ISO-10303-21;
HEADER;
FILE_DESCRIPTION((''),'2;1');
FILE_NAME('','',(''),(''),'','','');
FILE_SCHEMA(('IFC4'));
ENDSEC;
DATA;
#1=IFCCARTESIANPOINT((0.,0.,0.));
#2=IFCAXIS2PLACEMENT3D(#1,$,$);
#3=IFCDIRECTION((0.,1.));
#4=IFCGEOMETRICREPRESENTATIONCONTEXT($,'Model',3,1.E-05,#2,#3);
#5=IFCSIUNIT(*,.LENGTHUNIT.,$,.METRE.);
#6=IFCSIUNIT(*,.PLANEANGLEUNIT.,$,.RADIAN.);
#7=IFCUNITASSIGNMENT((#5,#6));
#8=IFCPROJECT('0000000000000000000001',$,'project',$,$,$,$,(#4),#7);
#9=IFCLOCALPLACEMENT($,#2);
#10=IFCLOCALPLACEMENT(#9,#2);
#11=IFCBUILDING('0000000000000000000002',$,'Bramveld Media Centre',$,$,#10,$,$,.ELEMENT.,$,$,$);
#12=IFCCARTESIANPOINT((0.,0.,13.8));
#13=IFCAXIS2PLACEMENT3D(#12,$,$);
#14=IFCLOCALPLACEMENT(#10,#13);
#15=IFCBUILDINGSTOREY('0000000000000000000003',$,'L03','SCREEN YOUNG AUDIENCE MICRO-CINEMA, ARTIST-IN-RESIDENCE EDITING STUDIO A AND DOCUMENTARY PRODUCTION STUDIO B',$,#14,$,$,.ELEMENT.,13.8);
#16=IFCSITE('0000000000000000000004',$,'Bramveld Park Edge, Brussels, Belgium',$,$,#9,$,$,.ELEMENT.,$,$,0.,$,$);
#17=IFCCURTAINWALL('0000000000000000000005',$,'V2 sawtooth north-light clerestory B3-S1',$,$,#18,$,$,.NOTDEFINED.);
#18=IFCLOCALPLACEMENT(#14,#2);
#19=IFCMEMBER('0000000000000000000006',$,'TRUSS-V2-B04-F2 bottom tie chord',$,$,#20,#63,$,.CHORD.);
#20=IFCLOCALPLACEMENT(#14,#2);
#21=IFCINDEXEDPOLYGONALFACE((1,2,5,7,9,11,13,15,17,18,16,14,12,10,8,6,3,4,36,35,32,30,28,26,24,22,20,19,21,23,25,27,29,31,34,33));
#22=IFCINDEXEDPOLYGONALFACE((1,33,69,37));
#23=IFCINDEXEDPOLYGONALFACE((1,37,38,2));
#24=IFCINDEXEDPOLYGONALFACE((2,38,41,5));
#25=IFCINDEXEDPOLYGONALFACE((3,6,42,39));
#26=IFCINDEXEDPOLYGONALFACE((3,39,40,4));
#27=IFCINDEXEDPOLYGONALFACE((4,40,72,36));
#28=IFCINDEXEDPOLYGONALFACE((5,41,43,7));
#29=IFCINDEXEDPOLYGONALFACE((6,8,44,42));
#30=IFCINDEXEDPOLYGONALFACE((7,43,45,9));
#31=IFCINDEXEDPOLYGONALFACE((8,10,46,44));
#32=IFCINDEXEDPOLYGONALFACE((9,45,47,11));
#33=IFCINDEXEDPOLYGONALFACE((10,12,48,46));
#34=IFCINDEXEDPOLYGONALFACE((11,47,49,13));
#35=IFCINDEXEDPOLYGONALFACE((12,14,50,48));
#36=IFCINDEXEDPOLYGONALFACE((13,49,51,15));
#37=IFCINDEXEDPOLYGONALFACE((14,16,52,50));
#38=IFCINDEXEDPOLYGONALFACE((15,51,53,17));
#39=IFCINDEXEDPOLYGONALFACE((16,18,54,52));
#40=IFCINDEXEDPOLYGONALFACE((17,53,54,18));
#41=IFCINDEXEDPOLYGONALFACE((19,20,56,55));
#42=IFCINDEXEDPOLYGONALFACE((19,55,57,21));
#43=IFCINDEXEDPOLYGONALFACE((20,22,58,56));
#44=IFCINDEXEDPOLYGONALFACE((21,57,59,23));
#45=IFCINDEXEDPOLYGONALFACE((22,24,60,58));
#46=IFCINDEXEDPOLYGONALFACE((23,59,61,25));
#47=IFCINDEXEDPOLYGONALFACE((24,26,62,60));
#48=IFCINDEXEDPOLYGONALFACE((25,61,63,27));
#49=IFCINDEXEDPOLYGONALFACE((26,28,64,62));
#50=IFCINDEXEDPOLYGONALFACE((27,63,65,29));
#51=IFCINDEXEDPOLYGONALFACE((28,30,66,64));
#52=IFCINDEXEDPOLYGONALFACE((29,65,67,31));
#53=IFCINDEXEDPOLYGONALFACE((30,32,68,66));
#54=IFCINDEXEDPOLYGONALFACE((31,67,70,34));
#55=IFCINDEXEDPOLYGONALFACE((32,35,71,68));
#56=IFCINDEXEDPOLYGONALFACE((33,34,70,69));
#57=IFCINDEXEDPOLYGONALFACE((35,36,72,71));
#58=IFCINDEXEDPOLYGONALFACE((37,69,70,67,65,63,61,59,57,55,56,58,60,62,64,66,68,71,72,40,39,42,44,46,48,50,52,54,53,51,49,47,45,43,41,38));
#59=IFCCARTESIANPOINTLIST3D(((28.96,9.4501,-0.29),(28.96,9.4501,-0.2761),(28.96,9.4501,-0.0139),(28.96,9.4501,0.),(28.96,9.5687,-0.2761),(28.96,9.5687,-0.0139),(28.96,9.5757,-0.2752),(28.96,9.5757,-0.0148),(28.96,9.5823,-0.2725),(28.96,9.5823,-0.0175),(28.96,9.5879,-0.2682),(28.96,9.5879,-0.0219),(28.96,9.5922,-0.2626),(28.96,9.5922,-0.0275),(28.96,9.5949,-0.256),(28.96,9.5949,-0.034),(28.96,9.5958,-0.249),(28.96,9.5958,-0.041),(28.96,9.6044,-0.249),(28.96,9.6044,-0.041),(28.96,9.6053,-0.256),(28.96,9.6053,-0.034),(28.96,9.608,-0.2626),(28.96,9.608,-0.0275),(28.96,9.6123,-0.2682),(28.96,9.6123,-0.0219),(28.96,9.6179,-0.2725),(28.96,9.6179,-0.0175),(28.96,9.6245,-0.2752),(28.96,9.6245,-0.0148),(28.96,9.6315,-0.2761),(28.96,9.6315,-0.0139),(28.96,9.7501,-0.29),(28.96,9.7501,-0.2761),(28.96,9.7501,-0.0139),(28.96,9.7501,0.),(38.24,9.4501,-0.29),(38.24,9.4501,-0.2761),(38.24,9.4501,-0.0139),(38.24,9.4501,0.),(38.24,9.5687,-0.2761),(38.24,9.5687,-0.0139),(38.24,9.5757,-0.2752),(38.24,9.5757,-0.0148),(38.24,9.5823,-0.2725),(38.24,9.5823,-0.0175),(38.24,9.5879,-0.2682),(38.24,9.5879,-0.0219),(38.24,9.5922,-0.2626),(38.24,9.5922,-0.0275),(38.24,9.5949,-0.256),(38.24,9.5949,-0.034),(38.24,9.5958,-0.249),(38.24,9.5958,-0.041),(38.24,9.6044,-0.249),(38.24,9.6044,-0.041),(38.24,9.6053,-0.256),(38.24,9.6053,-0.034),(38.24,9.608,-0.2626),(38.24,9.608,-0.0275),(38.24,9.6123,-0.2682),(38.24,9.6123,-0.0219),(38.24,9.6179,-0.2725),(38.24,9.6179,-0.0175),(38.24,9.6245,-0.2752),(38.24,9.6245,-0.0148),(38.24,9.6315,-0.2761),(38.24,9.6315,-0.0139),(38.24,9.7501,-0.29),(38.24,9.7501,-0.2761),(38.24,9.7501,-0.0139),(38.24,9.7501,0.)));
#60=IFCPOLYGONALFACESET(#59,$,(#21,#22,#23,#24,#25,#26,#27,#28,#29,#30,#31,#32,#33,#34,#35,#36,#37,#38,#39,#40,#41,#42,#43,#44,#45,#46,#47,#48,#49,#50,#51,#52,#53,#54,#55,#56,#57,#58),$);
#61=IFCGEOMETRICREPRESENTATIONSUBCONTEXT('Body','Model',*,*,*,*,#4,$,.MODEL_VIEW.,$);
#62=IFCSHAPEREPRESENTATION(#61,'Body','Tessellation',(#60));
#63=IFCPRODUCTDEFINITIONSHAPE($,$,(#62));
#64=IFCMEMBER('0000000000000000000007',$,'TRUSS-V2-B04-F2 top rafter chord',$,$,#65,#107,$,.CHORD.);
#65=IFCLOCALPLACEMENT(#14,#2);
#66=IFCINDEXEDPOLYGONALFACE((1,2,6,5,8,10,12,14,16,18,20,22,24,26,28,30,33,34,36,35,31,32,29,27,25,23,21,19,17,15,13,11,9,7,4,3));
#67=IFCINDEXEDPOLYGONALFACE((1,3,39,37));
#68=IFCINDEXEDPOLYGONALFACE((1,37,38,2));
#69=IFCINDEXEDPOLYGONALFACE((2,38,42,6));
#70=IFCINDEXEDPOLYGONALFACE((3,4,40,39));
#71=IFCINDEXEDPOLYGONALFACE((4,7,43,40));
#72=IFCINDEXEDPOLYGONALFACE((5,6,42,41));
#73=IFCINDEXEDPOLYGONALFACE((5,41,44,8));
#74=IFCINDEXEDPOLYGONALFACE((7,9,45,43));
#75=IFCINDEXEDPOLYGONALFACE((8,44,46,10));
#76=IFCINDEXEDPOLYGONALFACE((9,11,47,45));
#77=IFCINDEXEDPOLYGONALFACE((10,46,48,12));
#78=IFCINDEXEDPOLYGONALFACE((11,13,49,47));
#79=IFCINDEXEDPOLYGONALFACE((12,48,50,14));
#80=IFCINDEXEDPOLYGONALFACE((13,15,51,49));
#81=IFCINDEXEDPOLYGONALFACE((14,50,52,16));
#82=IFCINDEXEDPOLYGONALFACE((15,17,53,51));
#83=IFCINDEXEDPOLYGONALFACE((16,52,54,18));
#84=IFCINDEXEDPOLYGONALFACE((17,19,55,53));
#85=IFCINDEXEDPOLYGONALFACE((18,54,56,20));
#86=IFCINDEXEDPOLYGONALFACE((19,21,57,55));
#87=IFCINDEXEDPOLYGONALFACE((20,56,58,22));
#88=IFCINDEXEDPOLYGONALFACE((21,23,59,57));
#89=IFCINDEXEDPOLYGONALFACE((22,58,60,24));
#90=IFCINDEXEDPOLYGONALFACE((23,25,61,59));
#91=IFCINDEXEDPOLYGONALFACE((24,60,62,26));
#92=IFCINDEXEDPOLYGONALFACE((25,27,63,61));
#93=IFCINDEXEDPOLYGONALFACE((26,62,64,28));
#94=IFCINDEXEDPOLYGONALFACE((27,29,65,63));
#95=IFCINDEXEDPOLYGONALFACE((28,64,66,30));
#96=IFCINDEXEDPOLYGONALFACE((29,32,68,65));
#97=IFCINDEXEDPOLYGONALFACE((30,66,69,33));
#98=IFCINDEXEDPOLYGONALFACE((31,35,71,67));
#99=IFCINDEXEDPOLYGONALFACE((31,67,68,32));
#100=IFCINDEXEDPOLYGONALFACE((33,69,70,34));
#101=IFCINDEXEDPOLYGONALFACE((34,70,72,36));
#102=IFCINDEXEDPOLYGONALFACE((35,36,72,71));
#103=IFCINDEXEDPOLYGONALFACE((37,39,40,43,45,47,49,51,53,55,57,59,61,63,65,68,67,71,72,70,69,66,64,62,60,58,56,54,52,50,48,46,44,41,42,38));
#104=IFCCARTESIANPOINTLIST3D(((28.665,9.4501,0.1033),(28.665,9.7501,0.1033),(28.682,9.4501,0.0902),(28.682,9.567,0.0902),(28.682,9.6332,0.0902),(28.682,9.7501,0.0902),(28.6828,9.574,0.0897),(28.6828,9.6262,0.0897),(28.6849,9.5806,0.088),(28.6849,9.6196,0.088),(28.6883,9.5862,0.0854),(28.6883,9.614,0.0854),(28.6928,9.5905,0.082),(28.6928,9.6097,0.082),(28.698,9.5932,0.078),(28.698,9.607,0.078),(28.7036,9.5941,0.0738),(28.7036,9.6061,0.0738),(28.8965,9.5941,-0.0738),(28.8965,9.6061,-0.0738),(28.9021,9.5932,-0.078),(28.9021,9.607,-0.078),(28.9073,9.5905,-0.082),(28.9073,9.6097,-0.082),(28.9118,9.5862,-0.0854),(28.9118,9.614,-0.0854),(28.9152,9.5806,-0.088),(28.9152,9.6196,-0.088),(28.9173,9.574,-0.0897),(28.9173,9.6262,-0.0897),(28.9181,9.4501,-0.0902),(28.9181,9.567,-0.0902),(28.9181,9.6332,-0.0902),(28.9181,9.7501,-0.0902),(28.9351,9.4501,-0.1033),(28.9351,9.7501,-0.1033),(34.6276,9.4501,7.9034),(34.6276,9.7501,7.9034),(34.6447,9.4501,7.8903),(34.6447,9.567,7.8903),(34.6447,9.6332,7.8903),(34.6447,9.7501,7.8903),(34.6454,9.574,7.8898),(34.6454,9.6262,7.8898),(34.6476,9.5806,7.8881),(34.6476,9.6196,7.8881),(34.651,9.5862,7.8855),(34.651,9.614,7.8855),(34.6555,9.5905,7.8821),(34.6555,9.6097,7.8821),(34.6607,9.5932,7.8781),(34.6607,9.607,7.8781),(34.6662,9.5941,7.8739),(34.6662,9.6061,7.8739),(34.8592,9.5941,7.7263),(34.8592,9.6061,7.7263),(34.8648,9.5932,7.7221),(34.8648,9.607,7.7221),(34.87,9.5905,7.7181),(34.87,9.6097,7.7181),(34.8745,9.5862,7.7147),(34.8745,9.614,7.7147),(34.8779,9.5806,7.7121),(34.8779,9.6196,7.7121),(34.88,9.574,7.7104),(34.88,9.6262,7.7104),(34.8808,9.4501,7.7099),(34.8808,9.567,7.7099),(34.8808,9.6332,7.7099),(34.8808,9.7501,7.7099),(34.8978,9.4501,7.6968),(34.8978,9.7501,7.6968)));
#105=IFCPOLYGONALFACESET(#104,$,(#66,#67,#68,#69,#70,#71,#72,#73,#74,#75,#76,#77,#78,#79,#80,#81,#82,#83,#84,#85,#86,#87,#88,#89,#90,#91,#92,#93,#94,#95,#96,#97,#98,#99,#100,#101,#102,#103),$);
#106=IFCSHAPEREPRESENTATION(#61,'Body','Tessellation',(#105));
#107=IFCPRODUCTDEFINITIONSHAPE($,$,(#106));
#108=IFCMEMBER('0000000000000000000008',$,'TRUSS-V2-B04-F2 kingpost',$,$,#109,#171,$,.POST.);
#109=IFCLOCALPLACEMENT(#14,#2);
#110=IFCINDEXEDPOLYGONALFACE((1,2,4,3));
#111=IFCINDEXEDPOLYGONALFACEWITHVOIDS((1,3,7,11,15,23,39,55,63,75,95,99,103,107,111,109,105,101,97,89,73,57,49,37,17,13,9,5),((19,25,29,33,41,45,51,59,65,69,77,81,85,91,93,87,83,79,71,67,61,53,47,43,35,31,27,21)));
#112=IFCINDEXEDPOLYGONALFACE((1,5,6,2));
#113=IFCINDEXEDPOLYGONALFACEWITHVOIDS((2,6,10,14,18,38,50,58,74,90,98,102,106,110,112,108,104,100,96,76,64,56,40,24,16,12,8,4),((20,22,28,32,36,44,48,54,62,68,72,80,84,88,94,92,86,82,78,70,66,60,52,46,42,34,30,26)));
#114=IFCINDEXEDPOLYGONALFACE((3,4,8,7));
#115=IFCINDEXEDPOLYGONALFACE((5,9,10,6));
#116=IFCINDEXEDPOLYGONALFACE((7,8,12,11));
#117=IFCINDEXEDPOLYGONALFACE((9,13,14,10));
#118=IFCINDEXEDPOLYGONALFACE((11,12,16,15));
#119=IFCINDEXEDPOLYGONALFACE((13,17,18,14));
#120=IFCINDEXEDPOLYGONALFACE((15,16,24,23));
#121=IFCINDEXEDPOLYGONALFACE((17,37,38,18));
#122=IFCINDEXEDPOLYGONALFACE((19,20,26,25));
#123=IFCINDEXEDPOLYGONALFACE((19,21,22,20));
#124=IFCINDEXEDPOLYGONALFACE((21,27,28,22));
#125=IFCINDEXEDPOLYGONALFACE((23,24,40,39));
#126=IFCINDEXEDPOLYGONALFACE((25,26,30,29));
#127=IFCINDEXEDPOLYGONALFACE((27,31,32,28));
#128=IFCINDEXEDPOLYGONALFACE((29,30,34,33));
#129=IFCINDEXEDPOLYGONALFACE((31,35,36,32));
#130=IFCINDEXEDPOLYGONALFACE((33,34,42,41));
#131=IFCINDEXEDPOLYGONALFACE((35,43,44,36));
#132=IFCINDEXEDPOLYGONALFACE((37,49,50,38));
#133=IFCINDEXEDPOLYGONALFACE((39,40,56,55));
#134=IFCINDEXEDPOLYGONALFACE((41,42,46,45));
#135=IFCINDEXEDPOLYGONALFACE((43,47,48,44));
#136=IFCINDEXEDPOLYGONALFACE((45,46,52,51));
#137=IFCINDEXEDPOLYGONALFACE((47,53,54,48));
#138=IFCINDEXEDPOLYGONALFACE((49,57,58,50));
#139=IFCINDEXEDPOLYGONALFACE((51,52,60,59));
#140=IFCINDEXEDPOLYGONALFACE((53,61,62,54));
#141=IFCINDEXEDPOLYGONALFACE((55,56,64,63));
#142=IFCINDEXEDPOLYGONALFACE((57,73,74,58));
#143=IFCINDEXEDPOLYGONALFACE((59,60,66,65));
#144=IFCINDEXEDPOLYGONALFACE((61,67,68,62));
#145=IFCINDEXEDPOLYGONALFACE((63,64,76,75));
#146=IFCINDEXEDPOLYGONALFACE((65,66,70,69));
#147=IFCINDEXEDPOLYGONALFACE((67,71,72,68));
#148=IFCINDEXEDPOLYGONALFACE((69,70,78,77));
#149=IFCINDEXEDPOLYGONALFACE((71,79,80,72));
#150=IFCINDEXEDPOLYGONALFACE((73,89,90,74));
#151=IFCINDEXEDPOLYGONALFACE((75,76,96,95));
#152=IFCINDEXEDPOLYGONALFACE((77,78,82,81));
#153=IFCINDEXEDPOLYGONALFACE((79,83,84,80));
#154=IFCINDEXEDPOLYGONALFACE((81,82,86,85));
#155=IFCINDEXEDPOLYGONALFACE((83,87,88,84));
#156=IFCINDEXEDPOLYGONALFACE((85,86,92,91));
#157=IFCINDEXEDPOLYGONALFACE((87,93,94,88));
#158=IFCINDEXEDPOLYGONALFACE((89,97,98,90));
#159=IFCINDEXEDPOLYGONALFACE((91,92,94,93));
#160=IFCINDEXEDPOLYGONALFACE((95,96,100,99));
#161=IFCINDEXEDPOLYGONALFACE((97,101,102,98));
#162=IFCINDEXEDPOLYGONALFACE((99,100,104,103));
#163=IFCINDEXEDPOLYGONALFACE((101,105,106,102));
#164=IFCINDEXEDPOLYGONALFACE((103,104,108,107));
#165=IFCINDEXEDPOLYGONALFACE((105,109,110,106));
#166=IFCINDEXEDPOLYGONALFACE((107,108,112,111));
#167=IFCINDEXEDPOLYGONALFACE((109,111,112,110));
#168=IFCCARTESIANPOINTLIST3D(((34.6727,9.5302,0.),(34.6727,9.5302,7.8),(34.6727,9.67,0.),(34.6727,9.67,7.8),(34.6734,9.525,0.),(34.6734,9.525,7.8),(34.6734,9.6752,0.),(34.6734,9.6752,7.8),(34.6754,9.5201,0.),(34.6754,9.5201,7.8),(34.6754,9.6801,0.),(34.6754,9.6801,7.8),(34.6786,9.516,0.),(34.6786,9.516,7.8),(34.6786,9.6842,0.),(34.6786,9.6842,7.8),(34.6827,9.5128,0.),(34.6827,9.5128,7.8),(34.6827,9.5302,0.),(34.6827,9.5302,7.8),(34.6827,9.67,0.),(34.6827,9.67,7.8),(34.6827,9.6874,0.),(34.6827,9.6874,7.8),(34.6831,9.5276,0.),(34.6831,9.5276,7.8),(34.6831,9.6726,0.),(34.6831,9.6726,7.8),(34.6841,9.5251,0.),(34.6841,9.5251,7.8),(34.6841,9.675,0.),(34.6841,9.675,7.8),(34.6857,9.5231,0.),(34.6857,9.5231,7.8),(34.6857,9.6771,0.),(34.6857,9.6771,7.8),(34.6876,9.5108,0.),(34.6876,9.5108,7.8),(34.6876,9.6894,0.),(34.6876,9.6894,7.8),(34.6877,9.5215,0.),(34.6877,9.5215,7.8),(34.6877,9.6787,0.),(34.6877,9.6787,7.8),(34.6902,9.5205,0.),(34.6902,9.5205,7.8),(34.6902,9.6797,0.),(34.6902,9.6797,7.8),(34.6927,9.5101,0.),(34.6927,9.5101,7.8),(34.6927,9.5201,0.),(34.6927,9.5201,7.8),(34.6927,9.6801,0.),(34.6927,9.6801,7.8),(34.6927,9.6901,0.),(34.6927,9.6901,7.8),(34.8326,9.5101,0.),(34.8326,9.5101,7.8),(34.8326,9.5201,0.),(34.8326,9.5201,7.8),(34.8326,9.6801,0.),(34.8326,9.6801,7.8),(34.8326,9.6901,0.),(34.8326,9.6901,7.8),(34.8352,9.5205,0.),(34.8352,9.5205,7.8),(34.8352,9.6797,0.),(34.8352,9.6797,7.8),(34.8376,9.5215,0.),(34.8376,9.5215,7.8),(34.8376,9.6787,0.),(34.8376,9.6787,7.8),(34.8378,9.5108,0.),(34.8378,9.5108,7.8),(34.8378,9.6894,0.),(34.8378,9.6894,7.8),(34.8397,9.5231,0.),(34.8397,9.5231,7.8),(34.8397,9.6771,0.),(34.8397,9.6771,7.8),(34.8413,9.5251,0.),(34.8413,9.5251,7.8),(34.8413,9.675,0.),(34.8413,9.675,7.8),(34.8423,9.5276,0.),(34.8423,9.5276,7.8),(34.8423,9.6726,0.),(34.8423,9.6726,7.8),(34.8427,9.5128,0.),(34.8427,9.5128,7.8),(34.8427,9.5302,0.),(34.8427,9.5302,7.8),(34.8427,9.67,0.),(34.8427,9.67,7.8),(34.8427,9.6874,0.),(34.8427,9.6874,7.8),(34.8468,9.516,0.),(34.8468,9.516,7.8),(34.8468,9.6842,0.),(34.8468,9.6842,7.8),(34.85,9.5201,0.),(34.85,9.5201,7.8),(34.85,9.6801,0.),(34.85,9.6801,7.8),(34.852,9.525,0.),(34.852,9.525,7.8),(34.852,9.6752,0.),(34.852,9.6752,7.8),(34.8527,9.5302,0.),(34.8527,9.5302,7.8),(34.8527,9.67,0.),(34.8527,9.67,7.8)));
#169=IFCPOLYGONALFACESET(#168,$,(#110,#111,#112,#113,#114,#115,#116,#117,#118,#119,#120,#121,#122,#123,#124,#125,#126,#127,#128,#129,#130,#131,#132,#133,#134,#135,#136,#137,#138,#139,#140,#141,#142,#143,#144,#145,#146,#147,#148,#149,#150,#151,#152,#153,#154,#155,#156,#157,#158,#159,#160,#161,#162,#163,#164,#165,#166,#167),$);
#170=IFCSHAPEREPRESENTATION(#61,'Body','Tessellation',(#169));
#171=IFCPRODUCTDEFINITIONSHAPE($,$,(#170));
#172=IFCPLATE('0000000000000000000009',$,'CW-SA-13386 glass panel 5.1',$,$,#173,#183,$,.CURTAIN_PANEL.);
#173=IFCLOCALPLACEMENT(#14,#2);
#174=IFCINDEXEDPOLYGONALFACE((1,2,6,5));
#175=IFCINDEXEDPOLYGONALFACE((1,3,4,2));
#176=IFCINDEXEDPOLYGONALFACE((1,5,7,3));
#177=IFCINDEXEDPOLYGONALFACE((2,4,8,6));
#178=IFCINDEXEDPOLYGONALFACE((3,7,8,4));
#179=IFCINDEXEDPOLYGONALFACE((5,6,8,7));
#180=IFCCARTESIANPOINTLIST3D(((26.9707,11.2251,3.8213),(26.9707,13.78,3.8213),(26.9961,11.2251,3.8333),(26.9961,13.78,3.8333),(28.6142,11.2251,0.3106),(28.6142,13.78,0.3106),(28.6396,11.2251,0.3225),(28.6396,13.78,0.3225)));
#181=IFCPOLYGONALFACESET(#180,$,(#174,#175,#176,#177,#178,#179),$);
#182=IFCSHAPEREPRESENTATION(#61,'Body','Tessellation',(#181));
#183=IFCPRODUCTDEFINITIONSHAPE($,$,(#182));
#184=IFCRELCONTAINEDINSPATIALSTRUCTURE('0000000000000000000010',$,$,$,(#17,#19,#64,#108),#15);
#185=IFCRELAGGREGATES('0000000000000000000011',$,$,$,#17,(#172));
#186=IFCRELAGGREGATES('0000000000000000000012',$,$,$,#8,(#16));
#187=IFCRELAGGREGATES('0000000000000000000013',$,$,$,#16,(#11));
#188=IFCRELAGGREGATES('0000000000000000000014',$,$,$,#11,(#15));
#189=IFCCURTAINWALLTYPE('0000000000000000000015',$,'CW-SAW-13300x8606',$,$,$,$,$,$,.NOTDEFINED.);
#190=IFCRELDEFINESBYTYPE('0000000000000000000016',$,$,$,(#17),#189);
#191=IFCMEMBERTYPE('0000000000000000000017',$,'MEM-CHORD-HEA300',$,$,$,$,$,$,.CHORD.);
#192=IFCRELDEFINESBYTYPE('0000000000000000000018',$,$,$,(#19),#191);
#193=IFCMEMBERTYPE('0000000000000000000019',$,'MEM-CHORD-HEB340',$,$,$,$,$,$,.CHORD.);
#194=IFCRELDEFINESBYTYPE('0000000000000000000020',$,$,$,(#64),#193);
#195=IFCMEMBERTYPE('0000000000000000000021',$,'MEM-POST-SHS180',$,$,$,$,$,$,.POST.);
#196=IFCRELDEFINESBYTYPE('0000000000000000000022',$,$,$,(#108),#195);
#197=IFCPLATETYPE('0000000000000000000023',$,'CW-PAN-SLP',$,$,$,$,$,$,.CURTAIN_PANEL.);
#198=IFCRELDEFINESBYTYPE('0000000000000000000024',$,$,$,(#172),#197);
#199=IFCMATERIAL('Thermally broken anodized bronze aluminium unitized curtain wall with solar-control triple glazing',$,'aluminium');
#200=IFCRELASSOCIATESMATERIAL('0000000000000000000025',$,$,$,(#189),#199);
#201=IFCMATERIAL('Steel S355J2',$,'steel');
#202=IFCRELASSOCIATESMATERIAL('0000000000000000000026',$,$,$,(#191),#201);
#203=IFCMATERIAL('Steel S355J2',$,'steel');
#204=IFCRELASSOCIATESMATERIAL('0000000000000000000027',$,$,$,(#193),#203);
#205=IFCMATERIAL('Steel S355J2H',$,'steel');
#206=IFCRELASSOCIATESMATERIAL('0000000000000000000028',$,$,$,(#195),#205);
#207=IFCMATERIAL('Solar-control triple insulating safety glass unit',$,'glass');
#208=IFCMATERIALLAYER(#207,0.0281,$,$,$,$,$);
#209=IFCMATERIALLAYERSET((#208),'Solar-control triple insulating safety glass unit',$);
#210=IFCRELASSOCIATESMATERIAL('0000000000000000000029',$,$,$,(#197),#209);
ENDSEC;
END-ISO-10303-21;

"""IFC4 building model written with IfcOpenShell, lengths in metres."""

from ifc_helpers import new_model, si_unit, direction, frame, origin, origin_2d, place, context, subcontext, project, spatial, polyline, hollow_rectangle, i_section, outline, extrude, material, layer, layer_set, material_profile, profile_set, type_object, element, aggregate, save


model = new_model("IFC4")

# Units and contexts
model_context = context("Model", 3, precision=1e-05, world=origin(), true_north=direction((0.0, 1.0)))
body_context = subcontext(model_context, "Body", "Model", "MODEL_VIEW")
ifc_project = project(units=[si_unit("LENGTHUNIT", "METRE"), si_unit("PLANEANGLEUNIT", "RADIAN")], contexts=[model_context])

# Site, building, storey
site_placement = place(None, origin())
site = spatial("IfcSite", under=ifc_project, at=site_placement, Name="Bramveld Park Edge, Brussels, Belgium", CompositionType="ELEMENT", RefElevation=0.0)
building_placement = place(site_placement, origin())
building = spatial("IfcBuilding", under=site, at=building_placement, Name="Bramveld Media Centre", CompositionType="ELEMENT")
storey_placement = place(building_placement, frame((0.0, 0.0, 13.8)))
storey = spatial("IfcBuildingStorey", under=building, at=storey_placement, Name="L03", Description="SCREEN YOUNG AUDIENCE MICRO-CINEMA, ARTIST-IN-RESIDENCE EDITING STUDIO A AND DOCUMENTARY PRODUCTION STUDIO B", CompositionType="ELEMENT", Elevation=13.8)

# Curtain wall
ifc_material_1 = material(Name="Thermally broken anodized bronze aluminium unitized curtain wall with solar-control triple glazing", Category="aluminium")
curtain_wall_type = type_object("IfcCurtainWallType", Name="CW-SAW-13300x8606", PredefinedType="NOTDEFINED", material=ifc_material_1)
curtain_wall_1_placement = place(storey_placement, origin())
curtain_wall_1 = element("IfcCurtainWall", 1, at=curtain_wall_1_placement, inside=storey, type_object=curtain_wall_type, Name="V2 sawtooth north-light clerestory B3-S1", PredefinedType="NOTDEFINED")

# Members
ifc_material_2 = material(Name="Steel S355J2", Category="steel")
ifc_material_profile_1 = material_profile(ifc_material_2, i_section(OverallWidth=0.3, OverallDepth=0.29, WebThickness=0.0085, FlangeThickness=0.0139, FilletRadius=0.0271, at=origin_2d()), Name="HEA 300")
ifc_profile_set_1 = profile_set([ifc_material_profile_1], Name="Steel S355J2")
member_type_1 = type_object("IfcMemberType", Name="MEM-CHORD-HEA300", PredefinedType="CHORD", material=ifc_profile_set_1)
member_1_placement = place(storey_placement, frame((28.96, 9.6001, -0.145), z_axis=(1.0, 0.0, 0.0), x_axis=(0.0, 1.0, 0.0)))
element("IfcMember", 2, at=member_1_placement, inside=storey, type_object=member_type_1, Name="TRUSS-V2-B04-F2 bottom tie chord", PredefinedType="CHORD", context=body_context, shape_type="SweptSolid", body=[
    extrude(i_section(OverallWidth=0.3, OverallDepth=0.29, WebThickness=0.0085, FlangeThickness=0.0139, FilletRadius=0.0271, at=origin_2d()), origin(), (0.0, 0.0, 1.0), 9.28),
])
ifc_material_3 = material(Name="Steel S355J2", Category="steel")
ifc_material_profile_2 = material_profile(ifc_material_3, i_section(OverallWidth=0.3, OverallDepth=0.3401, WebThickness=0.012, FlangeThickness=0.0215, FilletRadius=0.0271, at=origin_2d()), Name="HEB 340")
ifc_profile_set_2 = profile_set([ifc_material_profile_2], Name="Steel S355J2")
member_type_2 = type_object("IfcMemberType", Name="MEM-CHORD-HEB340", PredefinedType="CHORD", material=ifc_profile_set_2)
member_2_placement = place(storey_placement, frame((28.8, 9.6001, 0.0), z_axis=(0.607315, 0.0, 0.794461), x_axis=(0.0, 1.0, 0.0)))
element("IfcMember", 3, at=member_2_placement, inside=storey, type_object=member_type_2, Name="TRUSS-V2-B04-F2 top rafter chord", PredefinedType="CHORD", context=body_context, shape_type="SweptSolid", body=[
    extrude(i_section(OverallWidth=0.3, OverallDepth=0.3401, WebThickness=0.012, FlangeThickness=0.0215, FilletRadius=0.0271, at=origin_2d()), origin(), (0.0, 0.0, 1.0), 9.8181),
])
ifc_material_4 = material(Name="Steel S355J2H", Category="steel")
ifc_material_profile_3 = material_profile(ifc_material_4, hollow_rectangle(XDim=0.1799, YDim=0.1799, WallThickness=0.01, InnerFilletRadius=0.01, OuterFilletRadius=0.02, at=origin_2d()), Name="SHS 180x180x10")
ifc_profile_set_3 = profile_set([ifc_material_profile_3], Name="Steel S355J2H")
member_type_3 = type_object("IfcMemberType", Name="MEM-POST-SHS180", PredefinedType="POST", material=ifc_profile_set_3)
member_3_placement = place(storey_placement, frame((34.7627, 9.6001, 0.0), z_axis=(0.0, 0.0, 1.0), x_axis=(1.0, 0.0, 0.0)))
element("IfcMember", 4, at=member_3_placement, inside=storey, type_object=member_type_3, Name="TRUSS-V2-B04-F2 kingpost", PredefinedType="POST", context=body_context, shape_type="SweptSolid", body=[
    extrude(hollow_rectangle(XDim=0.1799, YDim=0.1799, WallThickness=0.01, InnerFilletRadius=0.01, OuterFilletRadius=0.02, at=origin_2d()), origin(), (0.0, 0.0, 1.0), 7.8),
])

# Plate
ifc_material_5 = material(Name="Solar-control triple insulating safety glass unit", Category="glass")
ifc_layer_1 = layer(ifc_material_5, 0.0281)
ifc_layer_set_1 = layer_set([ifc_layer_1], Name="Solar-control triple insulating safety glass unit")
plate_type_1 = type_object("IfcPlateType", Name="CW-PAN-SLP", PredefinedType="CURTAIN_PANEL", material=ifc_layer_set_1)
plate_1_placement = place(storey_placement, frame((28.6396, 11.2251, 0.3225), z_axis=(0.905668, 0.0, 0.423988), x_axis=(0.0, 1.0, 0.0)))
plate_1 = element("IfcPlate", 5, at=plate_1_placement, type_object=plate_type_1, Name="CW-SA-13386 glass panel 5.1", PredefinedType="CURTAIN_PANEL", context=body_context, shape_type="SweptSolid", body=[
    extrude(outline(polyline([(0.0, 0.0), (2.5549, 0.0), (2.5549, 3.8764), (0.0, 3.8764), (0.0, 0.0)])), origin(), (0.0, 0.0, -1.0), 0.0281),
])
aggregate(curtain_wall_1, [plate_1])

save(model, "model.ifc")
